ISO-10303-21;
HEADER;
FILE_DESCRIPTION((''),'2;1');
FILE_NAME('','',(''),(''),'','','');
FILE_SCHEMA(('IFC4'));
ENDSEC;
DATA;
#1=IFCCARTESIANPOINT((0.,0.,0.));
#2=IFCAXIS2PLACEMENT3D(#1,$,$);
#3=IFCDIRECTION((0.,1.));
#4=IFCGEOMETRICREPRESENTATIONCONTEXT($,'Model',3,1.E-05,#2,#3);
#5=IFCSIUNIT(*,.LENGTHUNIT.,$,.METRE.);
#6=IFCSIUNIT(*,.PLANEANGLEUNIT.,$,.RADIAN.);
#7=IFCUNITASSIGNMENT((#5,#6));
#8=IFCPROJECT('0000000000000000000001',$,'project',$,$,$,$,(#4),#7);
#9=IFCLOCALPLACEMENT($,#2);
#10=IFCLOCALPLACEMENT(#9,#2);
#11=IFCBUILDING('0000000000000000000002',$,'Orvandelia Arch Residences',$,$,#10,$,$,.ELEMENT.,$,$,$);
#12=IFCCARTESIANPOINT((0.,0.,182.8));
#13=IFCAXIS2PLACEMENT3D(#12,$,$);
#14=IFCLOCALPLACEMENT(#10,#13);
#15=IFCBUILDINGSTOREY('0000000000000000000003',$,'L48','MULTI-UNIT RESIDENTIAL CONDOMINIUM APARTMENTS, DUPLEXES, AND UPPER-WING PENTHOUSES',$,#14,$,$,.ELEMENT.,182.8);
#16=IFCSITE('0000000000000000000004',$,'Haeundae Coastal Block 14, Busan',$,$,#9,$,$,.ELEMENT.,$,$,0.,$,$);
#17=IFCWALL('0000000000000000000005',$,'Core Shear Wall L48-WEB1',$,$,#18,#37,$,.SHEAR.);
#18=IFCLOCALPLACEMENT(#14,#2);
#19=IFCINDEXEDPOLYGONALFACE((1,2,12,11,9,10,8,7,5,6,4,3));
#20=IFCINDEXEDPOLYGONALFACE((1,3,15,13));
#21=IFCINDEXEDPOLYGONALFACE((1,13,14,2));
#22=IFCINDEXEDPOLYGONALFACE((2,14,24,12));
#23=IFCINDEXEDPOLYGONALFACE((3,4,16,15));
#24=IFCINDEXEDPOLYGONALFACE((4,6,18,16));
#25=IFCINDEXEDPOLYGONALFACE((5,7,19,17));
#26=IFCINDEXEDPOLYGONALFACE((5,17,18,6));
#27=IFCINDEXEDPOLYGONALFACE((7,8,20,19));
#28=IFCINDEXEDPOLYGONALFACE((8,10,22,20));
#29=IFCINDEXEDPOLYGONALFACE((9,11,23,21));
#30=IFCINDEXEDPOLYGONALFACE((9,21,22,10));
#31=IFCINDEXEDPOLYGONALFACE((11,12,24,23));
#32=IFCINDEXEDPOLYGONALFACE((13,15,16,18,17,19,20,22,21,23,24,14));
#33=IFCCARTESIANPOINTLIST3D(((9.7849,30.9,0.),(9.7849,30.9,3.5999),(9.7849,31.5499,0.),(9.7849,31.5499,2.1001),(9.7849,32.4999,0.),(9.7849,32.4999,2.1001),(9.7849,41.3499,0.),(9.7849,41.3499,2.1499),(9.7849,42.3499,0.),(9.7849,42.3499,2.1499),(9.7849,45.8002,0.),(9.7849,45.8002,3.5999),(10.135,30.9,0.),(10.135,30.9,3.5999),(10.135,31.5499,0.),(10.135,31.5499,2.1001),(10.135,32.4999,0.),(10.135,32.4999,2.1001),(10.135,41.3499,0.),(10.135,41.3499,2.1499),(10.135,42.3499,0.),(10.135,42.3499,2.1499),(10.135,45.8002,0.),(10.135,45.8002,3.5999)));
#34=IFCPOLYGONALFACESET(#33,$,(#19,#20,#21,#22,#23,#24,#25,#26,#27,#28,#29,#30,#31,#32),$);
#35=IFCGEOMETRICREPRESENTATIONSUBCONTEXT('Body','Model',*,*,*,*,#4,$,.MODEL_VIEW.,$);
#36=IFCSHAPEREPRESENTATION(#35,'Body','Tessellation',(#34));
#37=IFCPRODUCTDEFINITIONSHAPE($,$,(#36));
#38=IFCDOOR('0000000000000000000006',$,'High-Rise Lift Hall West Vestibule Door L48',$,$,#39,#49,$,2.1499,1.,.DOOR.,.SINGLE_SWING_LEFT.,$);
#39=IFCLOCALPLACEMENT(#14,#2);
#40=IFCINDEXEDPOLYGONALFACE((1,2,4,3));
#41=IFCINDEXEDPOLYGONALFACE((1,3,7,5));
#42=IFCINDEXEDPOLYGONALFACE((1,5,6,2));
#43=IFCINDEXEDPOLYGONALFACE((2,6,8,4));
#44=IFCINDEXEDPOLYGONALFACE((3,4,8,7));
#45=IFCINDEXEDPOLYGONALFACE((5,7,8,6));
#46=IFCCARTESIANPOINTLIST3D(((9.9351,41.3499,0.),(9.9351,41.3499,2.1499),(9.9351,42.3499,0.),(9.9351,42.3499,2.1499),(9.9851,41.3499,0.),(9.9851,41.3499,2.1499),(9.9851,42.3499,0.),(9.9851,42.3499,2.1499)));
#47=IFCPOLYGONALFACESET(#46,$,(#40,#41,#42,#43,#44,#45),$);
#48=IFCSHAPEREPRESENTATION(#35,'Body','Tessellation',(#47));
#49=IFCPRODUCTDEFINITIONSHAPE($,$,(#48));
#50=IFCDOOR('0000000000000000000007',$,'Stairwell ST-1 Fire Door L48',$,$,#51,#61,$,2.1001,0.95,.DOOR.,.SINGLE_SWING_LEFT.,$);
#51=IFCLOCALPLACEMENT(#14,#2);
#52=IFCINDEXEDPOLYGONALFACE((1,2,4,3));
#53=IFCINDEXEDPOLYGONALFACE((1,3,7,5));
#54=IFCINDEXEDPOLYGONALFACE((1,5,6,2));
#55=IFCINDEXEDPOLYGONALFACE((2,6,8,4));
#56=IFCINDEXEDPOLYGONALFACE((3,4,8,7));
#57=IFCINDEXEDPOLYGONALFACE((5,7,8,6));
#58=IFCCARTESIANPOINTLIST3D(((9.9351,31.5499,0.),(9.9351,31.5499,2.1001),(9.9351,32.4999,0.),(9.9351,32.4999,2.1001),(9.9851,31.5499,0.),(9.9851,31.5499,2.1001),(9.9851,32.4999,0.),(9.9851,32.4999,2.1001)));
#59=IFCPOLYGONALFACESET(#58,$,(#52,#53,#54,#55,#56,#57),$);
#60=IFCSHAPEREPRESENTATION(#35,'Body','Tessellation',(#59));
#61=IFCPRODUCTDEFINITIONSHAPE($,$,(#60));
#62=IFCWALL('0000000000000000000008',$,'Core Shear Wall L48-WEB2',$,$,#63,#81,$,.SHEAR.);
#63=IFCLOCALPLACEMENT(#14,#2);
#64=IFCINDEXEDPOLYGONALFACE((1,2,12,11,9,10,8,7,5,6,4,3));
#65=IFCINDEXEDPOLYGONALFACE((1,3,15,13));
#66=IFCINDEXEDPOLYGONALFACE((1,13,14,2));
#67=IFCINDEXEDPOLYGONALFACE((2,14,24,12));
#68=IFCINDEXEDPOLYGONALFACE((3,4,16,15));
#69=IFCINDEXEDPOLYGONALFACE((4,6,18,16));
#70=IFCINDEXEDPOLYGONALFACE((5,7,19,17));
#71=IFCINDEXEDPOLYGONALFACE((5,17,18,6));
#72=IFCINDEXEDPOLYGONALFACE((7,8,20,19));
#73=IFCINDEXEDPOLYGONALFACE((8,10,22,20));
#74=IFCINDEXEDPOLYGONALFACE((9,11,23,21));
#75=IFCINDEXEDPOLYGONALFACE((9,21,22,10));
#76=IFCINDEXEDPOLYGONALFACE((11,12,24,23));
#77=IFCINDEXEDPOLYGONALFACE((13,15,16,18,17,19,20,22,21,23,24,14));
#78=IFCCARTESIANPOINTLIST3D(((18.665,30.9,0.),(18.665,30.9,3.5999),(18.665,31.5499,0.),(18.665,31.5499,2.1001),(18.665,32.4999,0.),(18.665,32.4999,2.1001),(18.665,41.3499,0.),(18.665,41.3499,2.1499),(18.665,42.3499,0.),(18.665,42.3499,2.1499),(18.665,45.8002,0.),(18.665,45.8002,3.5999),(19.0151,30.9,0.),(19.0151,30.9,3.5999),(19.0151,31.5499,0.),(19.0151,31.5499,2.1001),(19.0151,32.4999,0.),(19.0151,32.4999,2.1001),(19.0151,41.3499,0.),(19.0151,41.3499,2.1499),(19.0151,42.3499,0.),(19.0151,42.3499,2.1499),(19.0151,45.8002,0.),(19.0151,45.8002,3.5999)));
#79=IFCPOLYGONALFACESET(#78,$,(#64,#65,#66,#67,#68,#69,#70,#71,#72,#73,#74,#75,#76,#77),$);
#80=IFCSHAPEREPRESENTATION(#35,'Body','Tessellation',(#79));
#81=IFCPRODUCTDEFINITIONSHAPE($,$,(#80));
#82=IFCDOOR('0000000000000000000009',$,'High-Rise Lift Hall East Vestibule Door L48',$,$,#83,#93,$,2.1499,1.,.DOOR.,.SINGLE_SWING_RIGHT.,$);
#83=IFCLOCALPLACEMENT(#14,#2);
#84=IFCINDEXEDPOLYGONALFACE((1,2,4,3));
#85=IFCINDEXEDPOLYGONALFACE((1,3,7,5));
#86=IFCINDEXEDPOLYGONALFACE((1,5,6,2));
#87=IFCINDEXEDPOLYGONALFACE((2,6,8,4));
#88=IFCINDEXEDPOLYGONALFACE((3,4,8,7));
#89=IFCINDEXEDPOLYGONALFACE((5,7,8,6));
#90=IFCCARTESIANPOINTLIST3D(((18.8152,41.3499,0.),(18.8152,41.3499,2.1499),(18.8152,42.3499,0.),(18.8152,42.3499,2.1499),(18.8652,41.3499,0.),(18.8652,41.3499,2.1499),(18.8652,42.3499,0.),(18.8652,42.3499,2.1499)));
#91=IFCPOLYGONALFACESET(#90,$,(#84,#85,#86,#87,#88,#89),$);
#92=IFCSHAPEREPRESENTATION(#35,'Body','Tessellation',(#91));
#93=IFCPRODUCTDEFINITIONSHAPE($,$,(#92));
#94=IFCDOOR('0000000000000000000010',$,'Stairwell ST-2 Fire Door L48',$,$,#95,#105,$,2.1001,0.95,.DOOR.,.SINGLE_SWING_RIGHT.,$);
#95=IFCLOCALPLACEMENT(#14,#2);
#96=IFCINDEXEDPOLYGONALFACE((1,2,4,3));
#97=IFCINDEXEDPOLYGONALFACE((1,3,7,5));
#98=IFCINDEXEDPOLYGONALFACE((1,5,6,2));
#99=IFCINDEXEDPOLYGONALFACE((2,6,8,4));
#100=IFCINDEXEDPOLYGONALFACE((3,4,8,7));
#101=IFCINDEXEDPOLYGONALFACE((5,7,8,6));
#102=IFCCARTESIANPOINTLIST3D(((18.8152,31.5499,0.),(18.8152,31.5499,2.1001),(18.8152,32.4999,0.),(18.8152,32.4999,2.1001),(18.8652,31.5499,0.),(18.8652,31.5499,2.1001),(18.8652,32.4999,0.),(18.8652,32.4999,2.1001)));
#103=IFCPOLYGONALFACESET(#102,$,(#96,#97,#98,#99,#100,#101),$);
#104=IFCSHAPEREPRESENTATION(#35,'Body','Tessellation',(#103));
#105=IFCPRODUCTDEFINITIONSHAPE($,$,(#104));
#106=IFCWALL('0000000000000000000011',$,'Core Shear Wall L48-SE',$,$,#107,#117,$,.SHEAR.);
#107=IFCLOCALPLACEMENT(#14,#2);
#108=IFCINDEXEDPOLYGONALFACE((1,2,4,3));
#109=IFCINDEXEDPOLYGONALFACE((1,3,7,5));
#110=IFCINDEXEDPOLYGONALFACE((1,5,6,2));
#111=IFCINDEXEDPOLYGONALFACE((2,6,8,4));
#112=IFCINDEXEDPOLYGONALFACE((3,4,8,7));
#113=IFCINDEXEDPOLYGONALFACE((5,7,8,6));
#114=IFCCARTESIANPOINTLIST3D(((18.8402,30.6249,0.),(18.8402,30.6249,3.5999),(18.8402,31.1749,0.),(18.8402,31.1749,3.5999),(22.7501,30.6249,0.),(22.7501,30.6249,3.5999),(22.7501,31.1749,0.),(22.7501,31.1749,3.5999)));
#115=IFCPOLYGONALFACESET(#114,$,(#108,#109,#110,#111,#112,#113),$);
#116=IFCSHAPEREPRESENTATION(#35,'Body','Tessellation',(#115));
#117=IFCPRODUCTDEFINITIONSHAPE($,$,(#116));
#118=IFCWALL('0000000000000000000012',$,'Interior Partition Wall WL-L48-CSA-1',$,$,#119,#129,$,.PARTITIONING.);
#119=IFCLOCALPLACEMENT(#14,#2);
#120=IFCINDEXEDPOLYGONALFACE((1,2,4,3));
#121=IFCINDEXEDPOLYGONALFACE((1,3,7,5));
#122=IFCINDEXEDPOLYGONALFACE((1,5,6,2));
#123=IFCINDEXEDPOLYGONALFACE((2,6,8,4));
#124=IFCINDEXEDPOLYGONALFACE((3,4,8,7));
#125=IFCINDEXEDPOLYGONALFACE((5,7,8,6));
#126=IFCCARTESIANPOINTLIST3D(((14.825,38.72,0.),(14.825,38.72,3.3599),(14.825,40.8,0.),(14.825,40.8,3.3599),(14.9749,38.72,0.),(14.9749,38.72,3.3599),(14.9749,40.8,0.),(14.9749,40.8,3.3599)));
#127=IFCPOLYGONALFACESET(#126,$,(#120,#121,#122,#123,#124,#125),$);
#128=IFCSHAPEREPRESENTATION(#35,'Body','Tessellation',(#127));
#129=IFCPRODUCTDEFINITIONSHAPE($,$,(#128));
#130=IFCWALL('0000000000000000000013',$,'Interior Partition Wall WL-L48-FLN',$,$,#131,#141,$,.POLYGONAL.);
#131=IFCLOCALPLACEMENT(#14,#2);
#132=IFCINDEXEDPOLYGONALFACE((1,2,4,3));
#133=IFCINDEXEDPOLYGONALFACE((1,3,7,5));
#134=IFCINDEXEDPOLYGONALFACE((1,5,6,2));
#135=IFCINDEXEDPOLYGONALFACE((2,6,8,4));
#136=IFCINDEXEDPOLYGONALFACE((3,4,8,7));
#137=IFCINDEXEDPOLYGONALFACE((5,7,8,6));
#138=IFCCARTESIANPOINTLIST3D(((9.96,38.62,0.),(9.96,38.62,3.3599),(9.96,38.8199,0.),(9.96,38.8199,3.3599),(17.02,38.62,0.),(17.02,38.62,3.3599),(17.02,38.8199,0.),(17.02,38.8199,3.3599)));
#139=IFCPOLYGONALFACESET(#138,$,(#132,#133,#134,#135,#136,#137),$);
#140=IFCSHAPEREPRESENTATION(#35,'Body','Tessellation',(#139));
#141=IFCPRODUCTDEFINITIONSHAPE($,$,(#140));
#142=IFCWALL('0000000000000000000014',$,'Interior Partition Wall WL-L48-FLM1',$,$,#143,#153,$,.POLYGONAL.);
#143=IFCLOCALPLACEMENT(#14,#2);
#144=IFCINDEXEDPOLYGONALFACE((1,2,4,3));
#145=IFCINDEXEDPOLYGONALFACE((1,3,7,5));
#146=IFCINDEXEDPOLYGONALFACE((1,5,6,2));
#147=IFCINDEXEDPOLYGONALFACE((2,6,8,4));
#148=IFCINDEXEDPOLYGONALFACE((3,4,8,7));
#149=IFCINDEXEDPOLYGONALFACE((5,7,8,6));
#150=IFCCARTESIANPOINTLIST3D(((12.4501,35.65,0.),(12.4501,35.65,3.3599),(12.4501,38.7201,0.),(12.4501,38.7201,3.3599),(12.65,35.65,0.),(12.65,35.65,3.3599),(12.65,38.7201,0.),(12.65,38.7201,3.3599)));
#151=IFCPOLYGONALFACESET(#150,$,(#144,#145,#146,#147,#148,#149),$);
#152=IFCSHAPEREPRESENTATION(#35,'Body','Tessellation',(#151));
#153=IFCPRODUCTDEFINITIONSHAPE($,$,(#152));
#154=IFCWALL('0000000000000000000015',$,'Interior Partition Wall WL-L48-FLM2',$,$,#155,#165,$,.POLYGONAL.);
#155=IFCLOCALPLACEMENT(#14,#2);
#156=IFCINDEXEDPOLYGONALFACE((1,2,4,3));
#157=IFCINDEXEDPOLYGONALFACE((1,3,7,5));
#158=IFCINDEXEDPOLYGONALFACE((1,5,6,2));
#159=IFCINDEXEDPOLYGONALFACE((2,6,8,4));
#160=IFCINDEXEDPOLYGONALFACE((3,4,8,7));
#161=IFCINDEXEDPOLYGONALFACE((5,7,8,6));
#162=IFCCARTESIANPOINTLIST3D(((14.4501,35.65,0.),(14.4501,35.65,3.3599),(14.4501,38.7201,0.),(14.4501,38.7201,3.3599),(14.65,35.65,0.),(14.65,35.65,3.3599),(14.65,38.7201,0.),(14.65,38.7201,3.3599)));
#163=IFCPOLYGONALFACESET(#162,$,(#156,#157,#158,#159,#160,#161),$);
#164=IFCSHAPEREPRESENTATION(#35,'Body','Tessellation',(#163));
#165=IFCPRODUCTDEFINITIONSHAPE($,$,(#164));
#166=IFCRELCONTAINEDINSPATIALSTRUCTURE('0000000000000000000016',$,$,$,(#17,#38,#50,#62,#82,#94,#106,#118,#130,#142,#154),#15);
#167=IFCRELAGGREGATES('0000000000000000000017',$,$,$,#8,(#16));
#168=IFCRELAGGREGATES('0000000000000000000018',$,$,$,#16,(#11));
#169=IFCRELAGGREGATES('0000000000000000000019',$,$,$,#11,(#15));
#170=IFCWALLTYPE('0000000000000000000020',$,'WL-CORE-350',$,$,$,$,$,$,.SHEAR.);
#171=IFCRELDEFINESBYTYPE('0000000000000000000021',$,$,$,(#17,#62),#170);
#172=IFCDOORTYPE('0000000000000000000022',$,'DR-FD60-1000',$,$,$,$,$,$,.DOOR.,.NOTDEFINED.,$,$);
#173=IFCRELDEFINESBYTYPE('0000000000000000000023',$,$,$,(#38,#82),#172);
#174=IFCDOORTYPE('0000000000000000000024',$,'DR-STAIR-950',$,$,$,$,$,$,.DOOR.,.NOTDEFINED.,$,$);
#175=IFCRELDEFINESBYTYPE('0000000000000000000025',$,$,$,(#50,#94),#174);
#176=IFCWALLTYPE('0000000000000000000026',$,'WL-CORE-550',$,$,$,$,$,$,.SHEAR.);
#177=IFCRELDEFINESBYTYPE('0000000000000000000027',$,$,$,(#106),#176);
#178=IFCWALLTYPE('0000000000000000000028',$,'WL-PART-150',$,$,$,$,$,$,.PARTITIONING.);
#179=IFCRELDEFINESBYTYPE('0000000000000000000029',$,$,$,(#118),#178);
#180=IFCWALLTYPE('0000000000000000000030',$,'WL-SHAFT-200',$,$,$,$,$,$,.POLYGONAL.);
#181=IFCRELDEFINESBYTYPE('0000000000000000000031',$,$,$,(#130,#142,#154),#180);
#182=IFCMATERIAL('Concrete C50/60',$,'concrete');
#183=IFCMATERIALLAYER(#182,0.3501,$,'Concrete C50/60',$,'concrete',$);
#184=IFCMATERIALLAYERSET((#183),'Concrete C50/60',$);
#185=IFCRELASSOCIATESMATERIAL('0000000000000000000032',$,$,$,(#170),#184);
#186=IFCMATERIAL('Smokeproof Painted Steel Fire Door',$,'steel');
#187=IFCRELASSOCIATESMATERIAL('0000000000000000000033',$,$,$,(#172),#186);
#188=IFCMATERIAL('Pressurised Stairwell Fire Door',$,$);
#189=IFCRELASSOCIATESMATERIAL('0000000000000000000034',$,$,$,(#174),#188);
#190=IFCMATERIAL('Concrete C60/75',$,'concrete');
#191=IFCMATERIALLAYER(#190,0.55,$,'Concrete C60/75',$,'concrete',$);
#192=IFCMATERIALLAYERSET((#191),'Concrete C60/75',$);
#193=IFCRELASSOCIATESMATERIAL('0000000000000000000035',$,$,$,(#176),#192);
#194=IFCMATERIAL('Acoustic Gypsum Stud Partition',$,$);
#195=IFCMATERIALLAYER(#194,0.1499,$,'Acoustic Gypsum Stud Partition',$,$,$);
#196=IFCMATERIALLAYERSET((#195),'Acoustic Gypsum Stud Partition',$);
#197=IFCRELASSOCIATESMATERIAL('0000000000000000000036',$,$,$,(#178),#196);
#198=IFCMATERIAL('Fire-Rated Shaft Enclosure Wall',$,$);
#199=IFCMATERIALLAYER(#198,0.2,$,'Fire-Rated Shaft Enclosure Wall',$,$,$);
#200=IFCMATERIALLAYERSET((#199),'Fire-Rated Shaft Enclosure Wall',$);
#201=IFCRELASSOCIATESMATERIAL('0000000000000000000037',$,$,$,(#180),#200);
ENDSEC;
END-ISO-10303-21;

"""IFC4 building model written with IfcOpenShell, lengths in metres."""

from ifc_helpers import new_model, si_unit, direction, frame, frame_2d, origin, place, context, subcontext, project, spatial, rectangle, extrude, material, layer, layer_set, type_object, element, fill, save


model = new_model("IFC4")

# Units and contexts
model_context = context("Model", 3, precision=1e-05, world=origin(), true_north=direction((0.0, 1.0)))
body_context = subcontext(model_context, "Body", "Model", "MODEL_VIEW")
ifc_project = project(units=[si_unit("LENGTHUNIT", "METRE"), si_unit("PLANEANGLEUNIT", "RADIAN")], contexts=[model_context])

# Site, building, storey
site_placement = place(None, origin())
site = spatial("IfcSite", under=ifc_project, at=site_placement, Name="Haeundae Coastal Block 14, Busan", CompositionType="ELEMENT", RefElevation=0.0)
building_placement = place(site_placement, origin())
building = spatial("IfcBuilding", under=site, at=building_placement, Name="Orvandelia Arch Residences", CompositionType="ELEMENT")
storey_placement = place(building_placement, frame((0.0, 0.0, 182.8)))
storey = spatial("IfcBuildingStorey", under=building, at=storey_placement, Name="L48", Description="MULTI-UNIT RESIDENTIAL CONDOMINIUM APARTMENTS, DUPLEXES, AND UPPER-WING PENTHOUSES", CompositionType="ELEMENT", Elevation=182.8)

# Walls, openings, doors
ifc_material_1 = material(Name="Concrete C50/60", Category="concrete")
ifc_layer_1 = layer(ifc_material_1, 0.3501, Name="Concrete C50/60", Category="concrete")
ifc_layer_set_1 = layer_set([ifc_layer_1], Name="Concrete C50/60")
wall_type_1 = type_object("IfcWallType", Name="WL-CORE-350", PredefinedType="SHEAR", material=ifc_layer_set_1)
wall_1_placement = place(storey_placement, frame((9.96, 30.8999, 0.0), z_axis=(0.0, 0.0, 1.0), x_axis=(0.0, 1.0, 0.0)))
wall_1 = element("IfcWall", 1, at=wall_1_placement, inside=storey, type_object=wall_type_1, Name="Core Shear Wall L48-WEB1", PredefinedType="SHEAR", context=body_context, shape_type="SweptSolid", body=[
    extrude(rectangle(XDim=14.9001, YDim=0.3501, at=frame_2d((7.4502, 0.0))), origin(), (0.0, 0.0, 1.0), 3.5999),
])
opening_1_placement = place(wall_1_placement, frame((0.6499, 0.0, 0.0)))
opening_1 = element("IfcOpeningElement", 2, at=opening_1_placement, cuts=wall_1, PredefinedType="OPENING", context=body_context, shape_type="SweptSolid", body=[
    extrude(rectangle(XDim=0.95, YDim=2.1001, at=frame_2d((0.4751, 1.05))), frame((0.0, 0.1851, 0.0), z_axis=(0.0, -1.0, 0.0), x_axis=(1.0, 0.0, 0.0)), (0.0, 0.0, 1.0), 0.3701),
])
opening_2_placement = place(wall_1_placement, frame((10.45, 0.0, 0.0)))
opening_2 = element("IfcOpeningElement", 3, at=opening_2_placement, cuts=wall_1, PredefinedType="OPENING", context=body_context, shape_type="SweptSolid", body=[
    extrude(rectangle(XDim=1.0, YDim=2.1499, at=frame_2d((0.5, 1.075))), frame((0.0, 0.1851, 0.0), z_axis=(0.0, -1.0, 0.0), x_axis=(1.0, 0.0, 0.0)), (0.0, 0.0, 1.0), 0.3701),
])
ifc_material_2 = material(Name="Smokeproof Painted Steel Fire Door", Category="steel")
door_type_1 = type_object("IfcDoorType", Name="DR-FD60-1000", OperationType="NOTDEFINED", PredefinedType="DOOR", material=ifc_material_2)
door_1_placement = place(opening_2_placement, origin())
door_1 = element("IfcDoor", 4, at=door_1_placement, inside=storey, type_object=door_type_1, Name="High-Rise Lift Hall West Vestibule Door L48", OperationType="SINGLE_SWING_LEFT", OverallHeight=2.1499, OverallWidth=1.0, PredefinedType="DOOR", context=body_context, shape_type="SweptSolid", body=[
    extrude(rectangle(XDim=1.0, YDim=2.1499, at=frame_2d((0.5, 1.075))), frame((0.0, 0.0249, 0.0), z_axis=(0.0, -1.0, 0.0), x_axis=(1.0, 0.0, 0.0)), (0.0, 0.0, 1.0), 0.05),
])
fill(opening_2, door_1)
ifc_material_3 = material(Name="Pressurised Stairwell Fire Door")
door_type_2 = type_object("IfcDoorType", Name="DR-STAIR-950", OperationType="NOTDEFINED", PredefinedType="DOOR", material=ifc_material_3)
door_2_placement = place(opening_1_placement, origin())
door_2 = element("IfcDoor", 5, at=door_2_placement, inside=storey, type_object=door_type_2, Name="Stairwell ST-1 Fire Door L48", OperationType="SINGLE_SWING_LEFT", OverallHeight=2.1001, OverallWidth=0.95, PredefinedType="DOOR", context=body_context, shape_type="SweptSolid", body=[
    extrude(rectangle(XDim=0.95, YDim=2.1001, at=frame_2d((0.4751, 1.05))), frame((0.0, 0.0249, 0.0), z_axis=(0.0, -1.0, 0.0), x_axis=(1.0, 0.0, 0.0)), (0.0, 0.0, 1.0), 0.05),
])
fill(opening_1, door_2)
wall_2_placement = place(storey_placement, frame((18.8401, 30.8999, 0.0), z_axis=(0.0, 0.0, 1.0), x_axis=(0.0, 1.0, 0.0)))
wall_2 = element("IfcWall", 6, at=wall_2_placement, inside=storey, type_object=wall_type_1, Name="Core Shear Wall L48-WEB2", PredefinedType="SHEAR", context=body_context, shape_type="SweptSolid", body=[
    extrude(rectangle(XDim=14.9001, YDim=0.3501, at=frame_2d((7.4502, 0.0))), origin(), (0.0, 0.0, 1.0), 3.5999),
])
opening_3_placement = place(wall_2_placement, frame((0.6499, 0.0, 0.0)))
opening_3 = element("IfcOpeningElement", 7, at=opening_3_placement, cuts=wall_2, PredefinedType="OPENING", context=body_context, shape_type="SweptSolid", body=[
    extrude(rectangle(XDim=0.95, YDim=2.1001, at=frame_2d((0.4751, 1.05))), frame((0.0, 0.1851, 0.0), z_axis=(0.0, -1.0, 0.0), x_axis=(1.0, 0.0, 0.0)), (0.0, 0.0, 1.0), 0.3701),
])
opening_4_placement = place(wall_2_placement, frame((10.45, 0.0, 0.0)))
opening_4 = element("IfcOpeningElement", 8, at=opening_4_placement, cuts=wall_2, PredefinedType="OPENING", context=body_context, shape_type="SweptSolid", body=[
    extrude(rectangle(XDim=1.0, YDim=2.1499, at=frame_2d((0.5, 1.075))), frame((0.0, 0.1851, 0.0), z_axis=(0.0, -1.0, 0.0), x_axis=(1.0, 0.0, 0.0)), (0.0, 0.0, 1.0), 0.3701),
])
door_3_placement = place(opening_4_placement, origin())
door_3 = element("IfcDoor", 9, at=door_3_placement, inside=storey, type_object=door_type_1, Name="High-Rise Lift Hall East Vestibule Door L48", OperationType="SINGLE_SWING_RIGHT", OverallHeight=2.1499, OverallWidth=1.0, PredefinedType="DOOR", context=body_context, shape_type="SweptSolid", body=[
    extrude(rectangle(XDim=1.0, YDim=2.1499, at=frame_2d((0.5, 1.075))), frame((0.0, 0.0249, 0.0), z_axis=(0.0, -1.0, 0.0), x_axis=(1.0, 0.0, 0.0)), (0.0, 0.0, 1.0), 0.05),
])
fill(opening_4, door_3)
door_4_placement = place(opening_3_placement, origin())
door_4 = element("IfcDoor", 10, at=door_4_placement, inside=storey, type_object=door_type_2, Name="Stairwell ST-2 Fire Door L48", OperationType="SINGLE_SWING_RIGHT", OverallHeight=2.1001, OverallWidth=0.95, PredefinedType="DOOR", context=body_context, shape_type="SweptSolid", body=[
    extrude(rectangle(XDim=0.95, YDim=2.1001, at=frame_2d((0.4751, 1.05))), frame((0.0, 0.0249, 0.0), z_axis=(0.0, -1.0, 0.0), x_axis=(1.0, 0.0, 0.0)), (0.0, 0.0, 1.0), 0.05),
])
fill(opening_3, door_4)

# Shared definitions
ifc_material_4 = material(Name="Concrete C60/75", Category="concrete")
ifc_layer_2 = layer(ifc_material_4, 0.55, Name="Concrete C60/75", Category="concrete")
ifc_layer_set_2 = layer_set([ifc_layer_2], Name="Concrete C60/75")
wall_type_2 = type_object("IfcWallType", Name="WL-CORE-550", PredefinedType="SHEAR", material=ifc_layer_set_2)

# Walls
wall_3_placement = place(storey_placement, frame((18.8401, 30.8999, 0.0), z_axis=(0.0, 0.0, 1.0), x_axis=(1.0, 0.0, 0.0)))
element("IfcWall", 11, at=wall_3_placement, inside=storey, type_object=wall_type_2, Name="Core Shear Wall L48-SE", PredefinedType="SHEAR", context=body_context, shape_type="SweptSolid", body=[
    extrude(rectangle(XDim=3.9099, YDim=0.55, at=frame_2d((1.9551, 0.0))), origin(), (0.0, 0.0, 1.0), 3.5999),
])
ifc_material_5 = material(Name="Acoustic Gypsum Stud Partition")
ifc_layer_3 = layer(ifc_material_5, 0.1499, Name="Acoustic Gypsum Stud Partition")
ifc_layer_set_3 = layer_set([ifc_layer_3], Name="Acoustic Gypsum Stud Partition")
wall_type_3 = type_object("IfcWallType", Name="WL-PART-150", PredefinedType="PARTITIONING", material=ifc_layer_set_3)
wall_4_placement = place(storey_placement, frame((14.8999, 38.72, 0.0), z_axis=(0.0, 0.0, 1.0), x_axis=(0.0, 1.0, 0.0)))
element("IfcWall", 12, at=wall_4_placement, inside=storey, type_object=wall_type_3, Name="Interior Partition Wall WL-L48-CSA-1", PredefinedType="PARTITIONING", context=body_context, shape_type="SweptSolid", body=[
    extrude(rectangle(XDim=2.0801, YDim=0.1499, at=frame_2d((1.04, 0.0))), origin(), (0.0, 0.0, 1.0), 3.3599),
])
ifc_material_6 = material(Name="Fire-Rated Shaft Enclosure Wall")
ifc_layer_4 = layer(ifc_material_6, 0.2, Name="Fire-Rated Shaft Enclosure Wall")
ifc_layer_set_4 = layer_set([ifc_layer_4], Name="Fire-Rated Shaft Enclosure Wall")
wall_type_4 = type_object("IfcWallType", Name="WL-SHAFT-200", PredefinedType="POLYGONAL", material=ifc_layer_set_4)
wall_5_placement = place(storey_placement, frame((9.96, 38.72, 0.0), z_axis=(0.0, 0.0, 1.0), x_axis=(1.0, 0.0, 0.0)))
element("IfcWall", 13, at=wall_5_placement, inside=storey, type_object=wall_type_4, Name="Interior Partition Wall WL-L48-FLN", PredefinedType="POLYGONAL", context=body_context, shape_type="SweptSolid", body=[
    extrude(rectangle(XDim=7.0601, YDim=0.2, at=frame_2d((3.53, 0.0))), origin(), (0.0, 0.0, 1.0), 3.3599),
])
for number, where, z_axis, x_axis, name in (
    (14, (12.55, 35.6499, 0.0), (0.0, 0.0, 1.0), (0.0, 1.0, 0.0), "Interior Partition Wall WL-L48-FLM1"),
    (15, (14.55, 35.6499, 0.0), (0.0, 0.0, 1.0), (0.0, 1.0, 0.0), "Interior Partition Wall WL-L48-FLM2"),
):
    element("IfcWall", number, at=place(storey_placement, frame(where, z_axis=z_axis, x_axis=x_axis)), inside=storey, type_object=wall_type_4, Name=name, PredefinedType="POLYGONAL", context=body_context, shape_type="SweptSolid", body=[
        extrude(rectangle(XDim=3.0701, YDim=0.2, at=frame_2d((1.5352, 0.0))), origin(), (0.0, 0.0, 1.0), 3.3599),
    ])

save(model, "model.ifc")
